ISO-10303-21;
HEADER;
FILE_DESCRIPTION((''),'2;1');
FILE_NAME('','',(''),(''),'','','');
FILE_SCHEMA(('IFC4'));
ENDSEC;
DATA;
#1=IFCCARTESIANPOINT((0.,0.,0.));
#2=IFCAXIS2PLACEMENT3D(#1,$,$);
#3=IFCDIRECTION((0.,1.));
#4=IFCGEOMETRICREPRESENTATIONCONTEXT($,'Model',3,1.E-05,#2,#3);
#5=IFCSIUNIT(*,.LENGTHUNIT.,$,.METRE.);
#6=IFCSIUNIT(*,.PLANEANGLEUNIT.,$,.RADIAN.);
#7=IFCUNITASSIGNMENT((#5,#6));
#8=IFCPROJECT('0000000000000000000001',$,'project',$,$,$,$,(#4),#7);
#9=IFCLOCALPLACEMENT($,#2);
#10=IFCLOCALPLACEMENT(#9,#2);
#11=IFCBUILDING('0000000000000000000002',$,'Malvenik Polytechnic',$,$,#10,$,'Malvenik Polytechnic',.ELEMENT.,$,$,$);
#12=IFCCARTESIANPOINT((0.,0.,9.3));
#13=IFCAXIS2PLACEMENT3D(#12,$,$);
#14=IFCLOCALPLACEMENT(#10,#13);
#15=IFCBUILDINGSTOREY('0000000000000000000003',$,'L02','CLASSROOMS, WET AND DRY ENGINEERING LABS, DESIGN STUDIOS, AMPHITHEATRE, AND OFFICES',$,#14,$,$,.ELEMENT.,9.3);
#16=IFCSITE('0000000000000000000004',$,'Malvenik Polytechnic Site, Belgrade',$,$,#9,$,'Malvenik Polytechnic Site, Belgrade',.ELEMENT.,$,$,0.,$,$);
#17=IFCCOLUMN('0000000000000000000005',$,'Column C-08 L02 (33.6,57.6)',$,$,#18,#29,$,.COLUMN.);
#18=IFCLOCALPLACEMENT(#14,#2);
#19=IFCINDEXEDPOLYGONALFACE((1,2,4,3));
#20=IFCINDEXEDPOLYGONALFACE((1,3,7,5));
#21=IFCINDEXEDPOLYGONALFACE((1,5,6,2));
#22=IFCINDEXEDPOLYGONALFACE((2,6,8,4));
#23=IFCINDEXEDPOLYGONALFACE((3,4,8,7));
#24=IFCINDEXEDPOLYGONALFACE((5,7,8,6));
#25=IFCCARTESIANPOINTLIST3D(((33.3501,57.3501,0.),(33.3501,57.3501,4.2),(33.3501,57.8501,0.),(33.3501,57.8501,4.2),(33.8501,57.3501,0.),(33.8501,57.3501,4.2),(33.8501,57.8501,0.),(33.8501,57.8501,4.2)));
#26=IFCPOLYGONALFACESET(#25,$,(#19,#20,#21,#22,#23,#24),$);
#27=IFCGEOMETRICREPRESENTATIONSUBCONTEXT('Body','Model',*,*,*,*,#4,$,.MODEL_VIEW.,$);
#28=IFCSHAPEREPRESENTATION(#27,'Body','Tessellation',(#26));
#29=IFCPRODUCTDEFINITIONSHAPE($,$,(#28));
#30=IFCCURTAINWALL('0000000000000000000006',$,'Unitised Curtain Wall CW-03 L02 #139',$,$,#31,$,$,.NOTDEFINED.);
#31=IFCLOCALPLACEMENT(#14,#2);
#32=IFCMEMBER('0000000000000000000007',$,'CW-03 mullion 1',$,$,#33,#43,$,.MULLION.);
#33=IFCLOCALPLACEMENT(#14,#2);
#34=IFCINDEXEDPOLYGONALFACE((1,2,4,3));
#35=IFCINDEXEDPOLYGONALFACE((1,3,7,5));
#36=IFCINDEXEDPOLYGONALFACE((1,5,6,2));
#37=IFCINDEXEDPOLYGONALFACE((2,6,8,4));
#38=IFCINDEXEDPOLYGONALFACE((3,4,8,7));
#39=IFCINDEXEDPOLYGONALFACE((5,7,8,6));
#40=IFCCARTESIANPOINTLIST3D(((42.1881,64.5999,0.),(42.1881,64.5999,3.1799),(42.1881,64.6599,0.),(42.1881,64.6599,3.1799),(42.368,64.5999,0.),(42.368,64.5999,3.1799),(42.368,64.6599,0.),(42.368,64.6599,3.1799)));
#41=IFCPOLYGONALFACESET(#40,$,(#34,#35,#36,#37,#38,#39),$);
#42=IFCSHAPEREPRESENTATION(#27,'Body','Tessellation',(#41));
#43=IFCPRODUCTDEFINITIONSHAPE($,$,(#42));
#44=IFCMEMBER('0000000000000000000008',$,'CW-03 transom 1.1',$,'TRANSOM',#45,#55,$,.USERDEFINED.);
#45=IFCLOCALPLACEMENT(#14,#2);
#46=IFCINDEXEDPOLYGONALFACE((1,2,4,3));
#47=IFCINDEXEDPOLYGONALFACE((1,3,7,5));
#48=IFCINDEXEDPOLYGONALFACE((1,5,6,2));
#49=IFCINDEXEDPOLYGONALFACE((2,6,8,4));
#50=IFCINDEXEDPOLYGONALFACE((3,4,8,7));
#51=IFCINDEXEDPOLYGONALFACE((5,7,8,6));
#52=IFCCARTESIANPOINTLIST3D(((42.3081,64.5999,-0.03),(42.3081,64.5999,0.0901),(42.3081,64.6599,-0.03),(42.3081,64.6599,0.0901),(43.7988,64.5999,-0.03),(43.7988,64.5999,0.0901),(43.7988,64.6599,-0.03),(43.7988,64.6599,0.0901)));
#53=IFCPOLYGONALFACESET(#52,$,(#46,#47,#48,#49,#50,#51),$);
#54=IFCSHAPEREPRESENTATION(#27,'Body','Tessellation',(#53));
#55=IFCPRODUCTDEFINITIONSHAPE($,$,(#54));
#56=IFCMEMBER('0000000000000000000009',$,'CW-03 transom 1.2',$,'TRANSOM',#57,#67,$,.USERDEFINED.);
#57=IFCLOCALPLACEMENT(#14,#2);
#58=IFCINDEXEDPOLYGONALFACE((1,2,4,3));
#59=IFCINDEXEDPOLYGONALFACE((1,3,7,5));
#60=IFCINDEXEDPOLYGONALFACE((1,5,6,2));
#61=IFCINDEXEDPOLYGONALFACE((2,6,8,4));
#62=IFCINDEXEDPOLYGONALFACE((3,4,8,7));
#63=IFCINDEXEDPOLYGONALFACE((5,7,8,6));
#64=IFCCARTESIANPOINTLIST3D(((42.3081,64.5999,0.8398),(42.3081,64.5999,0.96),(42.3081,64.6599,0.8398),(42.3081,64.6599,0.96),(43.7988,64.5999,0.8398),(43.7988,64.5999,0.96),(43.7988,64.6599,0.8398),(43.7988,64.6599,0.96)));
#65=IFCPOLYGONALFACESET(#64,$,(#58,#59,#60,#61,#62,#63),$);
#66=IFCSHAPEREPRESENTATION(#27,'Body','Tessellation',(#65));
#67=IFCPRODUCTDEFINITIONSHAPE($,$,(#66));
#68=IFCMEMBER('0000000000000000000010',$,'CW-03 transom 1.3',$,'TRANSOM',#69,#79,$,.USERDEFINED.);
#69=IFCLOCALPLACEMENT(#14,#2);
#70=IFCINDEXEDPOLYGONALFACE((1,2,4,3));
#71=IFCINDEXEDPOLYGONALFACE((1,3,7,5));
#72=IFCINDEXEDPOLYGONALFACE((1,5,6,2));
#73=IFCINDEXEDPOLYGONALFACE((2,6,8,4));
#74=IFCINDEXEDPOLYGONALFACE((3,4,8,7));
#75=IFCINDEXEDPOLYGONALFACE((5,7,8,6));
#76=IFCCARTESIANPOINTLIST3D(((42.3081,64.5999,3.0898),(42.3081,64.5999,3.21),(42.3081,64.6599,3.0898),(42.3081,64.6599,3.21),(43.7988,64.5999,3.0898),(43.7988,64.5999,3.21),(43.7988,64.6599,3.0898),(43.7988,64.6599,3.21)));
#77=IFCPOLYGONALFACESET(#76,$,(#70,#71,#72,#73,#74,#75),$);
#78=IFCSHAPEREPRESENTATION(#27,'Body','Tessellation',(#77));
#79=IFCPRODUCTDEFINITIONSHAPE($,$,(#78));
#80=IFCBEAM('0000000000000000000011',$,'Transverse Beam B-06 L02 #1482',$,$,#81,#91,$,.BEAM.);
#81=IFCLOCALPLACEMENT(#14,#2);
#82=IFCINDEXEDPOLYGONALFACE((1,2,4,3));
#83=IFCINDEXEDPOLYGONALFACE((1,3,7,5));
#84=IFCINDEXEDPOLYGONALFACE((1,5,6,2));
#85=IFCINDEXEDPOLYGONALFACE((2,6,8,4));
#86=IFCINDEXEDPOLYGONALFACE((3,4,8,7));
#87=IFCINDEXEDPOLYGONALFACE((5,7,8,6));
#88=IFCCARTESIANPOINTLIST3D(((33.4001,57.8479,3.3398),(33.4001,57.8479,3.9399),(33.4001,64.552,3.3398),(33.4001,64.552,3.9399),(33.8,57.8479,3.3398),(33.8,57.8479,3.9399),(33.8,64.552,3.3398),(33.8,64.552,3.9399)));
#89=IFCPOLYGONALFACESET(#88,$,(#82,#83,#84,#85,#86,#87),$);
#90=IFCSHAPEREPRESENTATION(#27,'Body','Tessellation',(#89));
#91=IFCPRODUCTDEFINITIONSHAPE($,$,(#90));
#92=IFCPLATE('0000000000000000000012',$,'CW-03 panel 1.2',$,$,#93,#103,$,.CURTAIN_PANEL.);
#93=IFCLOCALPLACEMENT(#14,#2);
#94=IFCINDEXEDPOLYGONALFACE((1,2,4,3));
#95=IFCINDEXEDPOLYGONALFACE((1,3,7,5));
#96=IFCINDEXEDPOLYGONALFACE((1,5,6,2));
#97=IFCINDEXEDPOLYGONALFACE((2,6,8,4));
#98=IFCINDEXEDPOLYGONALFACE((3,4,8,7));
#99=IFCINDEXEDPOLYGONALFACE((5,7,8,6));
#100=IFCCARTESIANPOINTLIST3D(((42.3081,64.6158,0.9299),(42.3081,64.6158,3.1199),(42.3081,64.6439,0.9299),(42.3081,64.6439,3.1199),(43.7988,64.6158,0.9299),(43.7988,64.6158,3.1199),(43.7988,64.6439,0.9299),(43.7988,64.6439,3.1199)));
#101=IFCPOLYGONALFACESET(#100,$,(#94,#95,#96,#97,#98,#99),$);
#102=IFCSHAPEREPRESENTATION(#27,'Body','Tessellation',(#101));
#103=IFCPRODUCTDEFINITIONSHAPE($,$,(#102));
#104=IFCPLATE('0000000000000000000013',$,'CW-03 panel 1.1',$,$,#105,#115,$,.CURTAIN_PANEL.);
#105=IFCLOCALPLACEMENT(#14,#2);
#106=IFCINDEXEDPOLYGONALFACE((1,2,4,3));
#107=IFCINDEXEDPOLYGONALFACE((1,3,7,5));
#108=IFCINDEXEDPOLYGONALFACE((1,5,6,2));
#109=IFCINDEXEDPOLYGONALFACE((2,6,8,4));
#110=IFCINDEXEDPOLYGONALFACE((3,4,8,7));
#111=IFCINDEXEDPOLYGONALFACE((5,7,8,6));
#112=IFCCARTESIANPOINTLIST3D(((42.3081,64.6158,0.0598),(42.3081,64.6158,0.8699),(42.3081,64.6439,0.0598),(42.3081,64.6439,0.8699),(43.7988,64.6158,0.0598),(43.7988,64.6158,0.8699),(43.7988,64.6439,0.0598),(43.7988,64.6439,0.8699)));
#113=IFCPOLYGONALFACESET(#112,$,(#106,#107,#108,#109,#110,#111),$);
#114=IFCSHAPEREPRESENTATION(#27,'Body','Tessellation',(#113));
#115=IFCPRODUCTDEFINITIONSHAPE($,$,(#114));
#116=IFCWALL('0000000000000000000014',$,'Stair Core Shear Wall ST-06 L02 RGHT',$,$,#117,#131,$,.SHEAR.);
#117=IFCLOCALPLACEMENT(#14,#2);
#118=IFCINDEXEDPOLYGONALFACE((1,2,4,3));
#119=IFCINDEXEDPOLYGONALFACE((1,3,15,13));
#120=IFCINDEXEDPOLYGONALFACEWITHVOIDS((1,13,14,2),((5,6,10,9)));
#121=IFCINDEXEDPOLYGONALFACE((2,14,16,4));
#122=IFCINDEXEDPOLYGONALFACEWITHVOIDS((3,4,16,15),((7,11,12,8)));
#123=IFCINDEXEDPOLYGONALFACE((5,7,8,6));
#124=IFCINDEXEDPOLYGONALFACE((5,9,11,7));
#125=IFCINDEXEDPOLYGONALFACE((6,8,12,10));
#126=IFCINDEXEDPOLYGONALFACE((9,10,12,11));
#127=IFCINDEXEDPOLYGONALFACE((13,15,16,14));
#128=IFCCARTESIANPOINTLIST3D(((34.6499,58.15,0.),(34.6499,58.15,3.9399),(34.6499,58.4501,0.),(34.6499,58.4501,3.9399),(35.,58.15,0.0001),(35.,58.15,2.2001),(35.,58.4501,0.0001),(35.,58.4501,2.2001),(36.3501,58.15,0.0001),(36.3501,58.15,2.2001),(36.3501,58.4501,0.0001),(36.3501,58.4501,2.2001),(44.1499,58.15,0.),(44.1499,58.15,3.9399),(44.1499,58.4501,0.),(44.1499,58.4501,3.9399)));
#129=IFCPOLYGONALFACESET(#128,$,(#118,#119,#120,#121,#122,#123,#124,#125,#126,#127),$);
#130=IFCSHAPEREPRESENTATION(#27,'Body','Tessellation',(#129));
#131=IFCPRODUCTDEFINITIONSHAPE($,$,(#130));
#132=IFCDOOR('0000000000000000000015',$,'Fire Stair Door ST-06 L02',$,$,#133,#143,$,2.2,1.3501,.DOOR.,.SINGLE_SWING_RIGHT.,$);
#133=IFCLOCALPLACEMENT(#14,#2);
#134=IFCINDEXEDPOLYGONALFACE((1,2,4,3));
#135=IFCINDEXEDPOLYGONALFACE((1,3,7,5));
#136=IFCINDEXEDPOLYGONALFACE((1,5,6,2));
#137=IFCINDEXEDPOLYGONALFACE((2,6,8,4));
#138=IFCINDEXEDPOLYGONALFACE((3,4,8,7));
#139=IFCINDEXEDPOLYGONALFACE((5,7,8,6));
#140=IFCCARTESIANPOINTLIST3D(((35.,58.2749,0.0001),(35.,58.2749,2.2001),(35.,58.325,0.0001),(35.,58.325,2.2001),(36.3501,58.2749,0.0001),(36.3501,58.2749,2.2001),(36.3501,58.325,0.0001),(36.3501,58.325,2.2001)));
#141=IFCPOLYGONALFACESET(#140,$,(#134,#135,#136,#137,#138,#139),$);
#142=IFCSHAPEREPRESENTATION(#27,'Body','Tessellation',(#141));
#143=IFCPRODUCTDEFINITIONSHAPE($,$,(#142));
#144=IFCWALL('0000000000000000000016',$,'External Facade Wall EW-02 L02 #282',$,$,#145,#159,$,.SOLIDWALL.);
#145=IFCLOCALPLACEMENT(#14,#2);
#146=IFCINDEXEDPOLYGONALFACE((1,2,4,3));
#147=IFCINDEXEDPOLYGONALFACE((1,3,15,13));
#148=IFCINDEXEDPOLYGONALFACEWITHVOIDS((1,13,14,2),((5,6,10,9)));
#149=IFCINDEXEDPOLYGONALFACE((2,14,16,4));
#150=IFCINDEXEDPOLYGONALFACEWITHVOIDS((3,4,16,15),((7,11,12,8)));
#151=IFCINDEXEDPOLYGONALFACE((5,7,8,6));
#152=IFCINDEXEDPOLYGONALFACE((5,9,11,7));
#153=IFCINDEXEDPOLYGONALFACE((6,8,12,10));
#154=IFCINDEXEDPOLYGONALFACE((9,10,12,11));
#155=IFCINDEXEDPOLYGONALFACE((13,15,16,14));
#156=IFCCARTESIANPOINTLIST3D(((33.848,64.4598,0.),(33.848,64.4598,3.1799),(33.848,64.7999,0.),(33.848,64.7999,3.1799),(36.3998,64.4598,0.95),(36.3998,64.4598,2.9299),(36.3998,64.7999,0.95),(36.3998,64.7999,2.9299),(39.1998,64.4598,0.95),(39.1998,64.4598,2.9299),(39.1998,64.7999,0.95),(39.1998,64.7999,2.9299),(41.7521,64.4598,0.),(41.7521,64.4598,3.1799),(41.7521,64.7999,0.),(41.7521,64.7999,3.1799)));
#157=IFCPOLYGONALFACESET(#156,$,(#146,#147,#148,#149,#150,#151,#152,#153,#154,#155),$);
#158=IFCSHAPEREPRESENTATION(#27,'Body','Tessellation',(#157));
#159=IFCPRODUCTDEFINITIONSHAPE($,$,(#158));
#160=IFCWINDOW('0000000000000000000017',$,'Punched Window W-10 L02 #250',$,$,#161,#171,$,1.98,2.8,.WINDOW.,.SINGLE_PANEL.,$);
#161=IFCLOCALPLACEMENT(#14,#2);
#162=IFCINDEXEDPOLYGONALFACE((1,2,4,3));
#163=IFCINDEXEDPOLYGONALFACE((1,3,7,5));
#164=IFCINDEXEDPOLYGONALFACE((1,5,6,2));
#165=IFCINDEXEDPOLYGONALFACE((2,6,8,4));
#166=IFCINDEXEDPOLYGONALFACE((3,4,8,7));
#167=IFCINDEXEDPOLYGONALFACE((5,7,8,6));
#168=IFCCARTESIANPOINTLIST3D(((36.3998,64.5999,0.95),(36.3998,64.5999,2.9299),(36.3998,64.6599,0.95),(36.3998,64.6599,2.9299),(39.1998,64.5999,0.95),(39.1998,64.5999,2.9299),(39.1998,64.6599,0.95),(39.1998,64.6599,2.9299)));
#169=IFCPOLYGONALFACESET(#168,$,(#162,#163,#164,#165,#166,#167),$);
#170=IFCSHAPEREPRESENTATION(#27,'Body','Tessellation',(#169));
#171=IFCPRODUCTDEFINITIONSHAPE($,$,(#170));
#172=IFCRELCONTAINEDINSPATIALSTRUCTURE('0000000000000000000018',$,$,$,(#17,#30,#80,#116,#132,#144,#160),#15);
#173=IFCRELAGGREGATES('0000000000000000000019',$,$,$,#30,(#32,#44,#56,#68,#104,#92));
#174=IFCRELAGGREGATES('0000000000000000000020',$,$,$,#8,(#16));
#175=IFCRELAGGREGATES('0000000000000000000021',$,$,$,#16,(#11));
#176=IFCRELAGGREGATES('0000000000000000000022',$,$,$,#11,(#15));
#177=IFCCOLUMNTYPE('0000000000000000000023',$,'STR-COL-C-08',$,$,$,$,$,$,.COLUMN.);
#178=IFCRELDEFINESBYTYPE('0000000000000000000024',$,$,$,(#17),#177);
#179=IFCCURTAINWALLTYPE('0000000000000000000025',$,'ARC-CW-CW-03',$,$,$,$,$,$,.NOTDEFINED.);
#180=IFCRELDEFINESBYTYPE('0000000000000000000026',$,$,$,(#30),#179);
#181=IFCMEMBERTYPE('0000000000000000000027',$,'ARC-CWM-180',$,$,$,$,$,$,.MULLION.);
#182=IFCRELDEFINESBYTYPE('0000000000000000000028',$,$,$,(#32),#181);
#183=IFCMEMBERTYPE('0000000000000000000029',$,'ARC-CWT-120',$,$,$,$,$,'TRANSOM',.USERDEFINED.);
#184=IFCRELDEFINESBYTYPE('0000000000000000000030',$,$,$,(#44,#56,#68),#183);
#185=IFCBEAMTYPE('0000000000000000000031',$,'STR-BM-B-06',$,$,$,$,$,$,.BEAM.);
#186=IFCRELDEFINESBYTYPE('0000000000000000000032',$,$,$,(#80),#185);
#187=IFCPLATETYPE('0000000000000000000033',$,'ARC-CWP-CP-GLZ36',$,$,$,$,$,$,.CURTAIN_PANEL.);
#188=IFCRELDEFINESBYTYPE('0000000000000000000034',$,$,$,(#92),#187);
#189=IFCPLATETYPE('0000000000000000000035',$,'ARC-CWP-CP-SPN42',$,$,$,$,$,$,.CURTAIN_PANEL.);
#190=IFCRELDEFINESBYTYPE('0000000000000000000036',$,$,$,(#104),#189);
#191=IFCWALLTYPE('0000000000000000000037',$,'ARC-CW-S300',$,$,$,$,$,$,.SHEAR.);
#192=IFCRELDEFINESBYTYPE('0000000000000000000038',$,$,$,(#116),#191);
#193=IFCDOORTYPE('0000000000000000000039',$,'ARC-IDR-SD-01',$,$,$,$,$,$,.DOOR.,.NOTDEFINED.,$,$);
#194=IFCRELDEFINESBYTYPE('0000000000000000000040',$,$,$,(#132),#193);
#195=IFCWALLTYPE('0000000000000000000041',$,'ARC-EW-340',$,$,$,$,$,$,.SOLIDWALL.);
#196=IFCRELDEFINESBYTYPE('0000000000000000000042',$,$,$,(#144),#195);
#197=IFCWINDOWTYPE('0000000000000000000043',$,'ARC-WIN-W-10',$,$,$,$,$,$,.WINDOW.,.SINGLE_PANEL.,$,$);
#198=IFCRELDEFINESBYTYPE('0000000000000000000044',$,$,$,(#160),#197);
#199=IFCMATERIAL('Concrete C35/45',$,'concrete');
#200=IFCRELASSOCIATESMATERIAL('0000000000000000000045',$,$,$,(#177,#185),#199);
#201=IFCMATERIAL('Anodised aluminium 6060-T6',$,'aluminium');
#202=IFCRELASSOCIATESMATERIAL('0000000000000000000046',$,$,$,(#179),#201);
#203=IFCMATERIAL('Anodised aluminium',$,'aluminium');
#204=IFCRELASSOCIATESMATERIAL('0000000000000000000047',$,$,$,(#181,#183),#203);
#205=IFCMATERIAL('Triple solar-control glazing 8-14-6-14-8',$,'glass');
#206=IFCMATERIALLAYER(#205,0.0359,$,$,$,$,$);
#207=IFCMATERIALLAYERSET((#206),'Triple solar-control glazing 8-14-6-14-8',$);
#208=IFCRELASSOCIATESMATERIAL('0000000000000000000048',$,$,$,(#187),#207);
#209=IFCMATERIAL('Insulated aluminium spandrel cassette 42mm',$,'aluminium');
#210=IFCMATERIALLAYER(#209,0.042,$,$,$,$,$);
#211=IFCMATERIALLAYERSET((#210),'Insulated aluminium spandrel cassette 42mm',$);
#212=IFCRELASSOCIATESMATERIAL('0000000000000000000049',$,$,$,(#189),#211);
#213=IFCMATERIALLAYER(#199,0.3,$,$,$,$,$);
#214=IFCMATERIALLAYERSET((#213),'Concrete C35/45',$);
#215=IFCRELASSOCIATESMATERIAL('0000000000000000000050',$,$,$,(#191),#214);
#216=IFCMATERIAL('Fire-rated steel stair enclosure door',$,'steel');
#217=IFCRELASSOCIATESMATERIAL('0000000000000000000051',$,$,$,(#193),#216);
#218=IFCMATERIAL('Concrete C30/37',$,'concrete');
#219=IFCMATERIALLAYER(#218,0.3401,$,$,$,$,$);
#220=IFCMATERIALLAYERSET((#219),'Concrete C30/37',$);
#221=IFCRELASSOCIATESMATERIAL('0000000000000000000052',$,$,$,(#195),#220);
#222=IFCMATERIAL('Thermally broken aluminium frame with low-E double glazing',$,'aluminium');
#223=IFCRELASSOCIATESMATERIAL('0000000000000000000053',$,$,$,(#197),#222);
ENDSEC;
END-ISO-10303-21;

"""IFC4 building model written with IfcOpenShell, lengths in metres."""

from ifc_helpers import new_model, si_unit, direction, frame, frame_2d, origin, origin_2d, place, context, subcontext, project, spatial, rectangle, extrude, material, layer, layer_set, material_profile, profile_set, type_object, element, fill, aggregate, save


model = new_model("IFC4")

# Units and contexts
model_context = context("Model", 3, precision=1e-05, world=origin(), true_north=direction((0.0, 1.0)))
body_context = subcontext(model_context, "Body", "Model", "MODEL_VIEW")
ifc_project = project(units=[si_unit("LENGTHUNIT", "METRE"), si_unit("PLANEANGLEUNIT", "RADIAN")], contexts=[model_context])

# Site, building, storey
site_placement = place(None, origin())
site = spatial("IfcSite", under=ifc_project, at=site_placement, Name="Malvenik Polytechnic Site, Belgrade", LongName="Malvenik Polytechnic Site, Belgrade", CompositionType="ELEMENT", RefElevation=0.0)
building_placement = place(site_placement, origin())
building = spatial("IfcBuilding", under=site, at=building_placement, Name="Malvenik Polytechnic", LongName="Malvenik Polytechnic", CompositionType="ELEMENT")
storey_placement = place(building_placement, frame((0.0, 0.0, 9.3)))
storey = spatial("IfcBuildingStorey", under=building, at=storey_placement, Name="L02", Description="CLASSROOMS, WET AND DRY ENGINEERING LABS, DESIGN STUDIOS, AMPHITHEATRE, AND OFFICES", CompositionType="ELEMENT", Elevation=9.3)

# Column
ifc_material_1 = material(Name="Concrete C35/45", Category="concrete")
ifc_material_profile_1 = material_profile(ifc_material_1, rectangle(XDim=0.5, YDim=0.5, at=origin_2d()), Name="RC COL 500x500")
ifc_profile_set_1 = profile_set([ifc_material_profile_1], Name="Concrete C35/45")
column_type = type_object("IfcColumnType", Name="STR-COL-C-08", PredefinedType="COLUMN", material=ifc_profile_set_1)
column_placement = place(storey_placement, frame((33.6001, 57.6001, 0.0), z_axis=(0.0, 0.0, 1.0), x_axis=(1.0, 0.0, 0.0)))
element("IfcColumn", 1, at=column_placement, inside=storey, type_object=column_type, Name="Column C-08 L02 (33.6,57.6)", PredefinedType="COLUMN", context=body_context, shape_type="SweptSolid", body=[
    extrude(rectangle(XDim=0.5, YDim=0.5, at=origin_2d()), origin(), (0.0, 0.0, 1.0), 4.2),
])

# Curtain wall, members
ifc_material_2 = material(Name="Anodised aluminium 6060-T6", Category="aluminium")
curtain_wall_type = type_object("IfcCurtainWallType", Name="ARC-CW-CW-03", PredefinedType="NOTDEFINED", material=ifc_material_2)
curtain_wall_placement = place(storey_placement, origin())
curtain_wall = element("IfcCurtainWall", 2, at=curtain_wall_placement, inside=storey, type_object=curtain_wall_type, Name="Unitised Curtain Wall CW-03 L02 #139", PredefinedType="NOTDEFINED")
ifc_material_3 = material(Name="Anodised aluminium", Category="aluminium")
ifc_material_profile_2 = material_profile(ifc_material_3, rectangle(XDim=0.0601, YDim=0.1799, at=origin_2d()), Name="ALU MULLION 60x180")
ifc_profile_set_2 = profile_set([ifc_material_profile_2], Name="Anodised aluminium")
member_type_1 = type_object("IfcMemberType", Name="ARC-CWM-180", PredefinedType="MULLION", material=ifc_profile_set_2)
member_1_placement = place(storey_placement, frame((42.2781, 64.6299, 0.0), z_axis=(0.0, 0.0, 1.0), x_axis=(0.0, 1.0, 0.0)))
member_1 = element("IfcMember", 3, at=member_1_placement, type_object=member_type_1, Name="CW-03 mullion 1", PredefinedType="MULLION", context=body_context, shape_type="SweptSolid", body=[
    extrude(rectangle(XDim=0.0601, YDim=0.1799, at=origin_2d()), origin(), (0.0, 0.0, 1.0), 3.1799),
])
ifc_material_profile_3 = material_profile(ifc_material_3, rectangle(XDim=0.0601, YDim=0.1201, at=origin_2d()), Name="ALU TRANSOM 60x120")
ifc_profile_set_3 = profile_set([ifc_material_profile_3], Name="Anodised aluminium")
member_type_2 = type_object("IfcMemberType", Name="ARC-CWT-120", ElementType="TRANSOM", PredefinedType="USERDEFINED", material=ifc_profile_set_3)
member_2_placement = place(storey_placement, frame((42.3081, 64.6299, 0.03), z_axis=(1.0, 0.0, 0.0), x_axis=(0.0, 1.0, 0.0)))
member_2 = element("IfcMember", 4, at=member_2_placement, type_object=member_type_2, Name="CW-03 transom 1.1", ObjectType="TRANSOM", PredefinedType="USERDEFINED", context=body_context, shape_type="SweptSolid", body=[
    extrude(rectangle(XDim=0.0601, YDim=0.1201, at=origin_2d()), origin(), (0.0, 0.0, 1.0), 1.4907),
])
member_3_placement = place(storey_placement, frame((42.3081, 64.6299, 0.8999), z_axis=(1.0, 0.0, 0.0), x_axis=(0.0, 1.0, 0.0)))
member_3 = element("IfcMember", 5, at=member_3_placement, type_object=member_type_2, Name="CW-03 transom 1.2", ObjectType="TRANSOM", PredefinedType="USERDEFINED", context=body_context, shape_type="SweptSolid", body=[
    extrude(rectangle(XDim=0.0601, YDim=0.1201, at=origin_2d()), origin(), (0.0, 0.0, 1.0), 1.4907),
])
member_4_placement = place(storey_placement, frame((42.3081, 64.6299, 3.1499), z_axis=(1.0, 0.0, 0.0), x_axis=(0.0, 1.0, 0.0)))
member_4 = element("IfcMember", 6, at=member_4_placement, type_object=member_type_2, Name="CW-03 transom 1.3", ObjectType="TRANSOM", PredefinedType="USERDEFINED", context=body_context, shape_type="SweptSolid", body=[
    extrude(rectangle(XDim=0.0601, YDim=0.1201, at=origin_2d()), origin(), (0.0, 0.0, 1.0), 1.4907),
])

# Beam
ifc_material_profile_4 = material_profile(ifc_material_1, rectangle(XDim=0.3999, YDim=0.6001, at=origin_2d()), Name="RC BM 400x600")
ifc_profile_set_4 = profile_set([ifc_material_profile_4], Name="Concrete C35/45")
beam_type = type_object("IfcBeamType", Name="STR-BM-B-06", PredefinedType="BEAM", material=ifc_profile_set_4)
beam_placement = place(storey_placement, frame((33.6001, 57.8479, 3.6399), z_axis=(0.0, 1.0, 0.0), x_axis=(-1.0, 0.0, 0.0)))
element("IfcBeam", 7, at=beam_placement, inside=storey, type_object=beam_type, Name="Transverse Beam B-06 L02 #1482", PredefinedType="BEAM", context=body_context, shape_type="SweptSolid", body=[
    extrude(rectangle(XDim=0.3999, YDim=0.6001, at=origin_2d()), origin(), (0.0, 0.0, 1.0), 6.7041),
])

# Plates
ifc_material_4 = material(Name="Triple solar-control glazing 8-14-6-14-8", Category="glass")
ifc_layer_1 = layer(ifc_material_4, 0.0359)
ifc_layer_set_1 = layer_set([ifc_layer_1], Name="Triple solar-control glazing 8-14-6-14-8")
plate_type_1 = type_object("IfcPlateType", Name="ARC-CWP-CP-GLZ36", PredefinedType="CURTAIN_PANEL", material=ifc_layer_set_1)
plate_1_placement = place(storey_placement, frame((43.0535, 64.6299, 0.9299), z_axis=(0.0, 0.0, 1.0), x_axis=(1.0, 0.0, 0.0)))
plate_1 = element("IfcPlate", 8, at=plate_1_placement, type_object=plate_type_1, Name="CW-03 panel 1.2", PredefinedType="CURTAIN_PANEL", context=body_context, shape_type="SweptSolid", body=[
    extrude(rectangle(XDim=1.4907, YDim=0.0281, at=origin_2d()), origin(), (0.0, 0.0, 1.0), 2.1899),
])
ifc_material_5 = material(Name="Insulated aluminium spandrel cassette 42mm", Category="aluminium")
ifc_layer_2 = layer(ifc_material_5, 0.042)
ifc_layer_set_2 = layer_set([ifc_layer_2], Name="Insulated aluminium spandrel cassette 42mm")
plate_type_2 = type_object("IfcPlateType", Name="ARC-CWP-CP-SPN42", PredefinedType="CURTAIN_PANEL", material=ifc_layer_set_2)
plate_2_placement = place(storey_placement, frame((43.0535, 64.6299, 0.0598), z_axis=(0.0, 0.0, 1.0), x_axis=(1.0, 0.0, 0.0)))
plate_2 = element("IfcPlate", 9, at=plate_2_placement, type_object=plate_type_2, Name="CW-03 panel 1.1", PredefinedType="CURTAIN_PANEL", context=body_context, shape_type="SweptSolid", body=[
    extrude(rectangle(XDim=1.4907, YDim=0.0281, at=origin_2d()), origin(), (0.0, 0.0, 1.0), 0.8101),
])
aggregate(curtain_wall, [member_1, member_2, member_3, member_4, plate_2, plate_1])

# Wall, opening, door
ifc_layer_3 = layer(ifc_material_1, 0.3)
ifc_layer_set_3 = layer_set([ifc_layer_3], Name="Concrete C35/45")
wall_type_1 = type_object("IfcWallType", Name="ARC-CW-S300", PredefinedType="SHEAR", material=ifc_layer_set_3)
wall_1_placement = place(storey_placement, frame((34.6499, 58.3, 0.0), z_axis=(0.0, 0.0, 1.0), x_axis=(1.0, 0.0, 0.0)))
wall_1 = element("IfcWall", 10, at=wall_1_placement, inside=storey, type_object=wall_type_1, Name="Stair Core Shear Wall ST-06 L02 RGHT", PredefinedType="SHEAR", context=body_context, shape_type="SweptSolid", body=[
    extrude(rectangle(XDim=9.5, YDim=0.3, at=frame_2d((4.75, 0.0))), origin(), (0.0, 0.0, 1.0), 3.9399),
])
opening_1_placement = place(wall_1_placement, frame((0.3501, 0.0, 0.0)))
opening_1 = element("IfcOpeningElement", 11, at=opening_1_placement, cuts=wall_1, PredefinedType="OPENING", context=body_context, shape_type="SweptSolid", body=[
    extrude(rectangle(XDim=1.3501, YDim=2.2, at=frame_2d((0.675, 1.1001))), frame((0.0, 0.1602, 0.0), z_axis=(0.0, -1.0, 0.0), x_axis=(1.0, 0.0, 0.0)), (0.0, 0.0, 1.0), 0.3201),
])
ifc_material_6 = material(Name="Fire-rated steel stair enclosure door", Category="steel")
door_type_1 = type_object("IfcDoorType", Name="ARC-IDR-SD-01", OperationType="NOTDEFINED", PredefinedType="DOOR", material=ifc_material_6)
door_1_placement = place(opening_1_placement, origin())
door_1 = element("IfcDoor", 12, at=door_1_placement, inside=storey, type_object=door_type_1, Name="Fire Stair Door ST-06 L02", OperationType="SINGLE_SWING_RIGHT", OverallHeight=2.2, OverallWidth=1.3501, PredefinedType="DOOR", context=body_context, shape_type="SweptSolid", body=[
    extrude(rectangle(XDim=1.3501, YDim=2.2, at=frame_2d((0.675, 1.1001))), frame((0.0, 0.0249, 0.0), z_axis=(0.0, -1.0, 0.0), x_axis=(1.0, 0.0, 0.0)), (0.0, 0.0, 1.0), 0.05),
])
fill(opening_1, door_1)

# Wall, opening, window
ifc_material_7 = material(Name="Concrete C30/37", Category="concrete")
ifc_layer_4 = layer(ifc_material_7, 0.3401)
ifc_layer_set_4 = layer_set([ifc_layer_4], Name="Concrete C30/37")
wall_type_2 = type_object("IfcWallType", Name="ARC-EW-340", PredefinedType="SOLIDWALL", material=ifc_layer_set_4)
wall_2_placement = place(storey_placement, frame((33.8479, 64.6299, 0.0), z_axis=(0.0, 0.0, 1.0), x_axis=(1.0, 0.0, 0.0)))
wall_2 = element("IfcWall", 13, at=wall_2_placement, inside=storey, type_object=wall_type_2, Name="External Facade Wall EW-02 L02 #282", PredefinedType="SOLIDWALL", context=body_context, shape_type="SweptSolid", body=[
    extrude(rectangle(XDim=7.9041, YDim=0.3401, at=frame_2d((3.9521, 0.0))), origin(), (0.0, 0.0, 1.0), 3.1799),
])
opening_2_placement = place(wall_2_placement, frame((2.552, 0.0, 0.95)))
opening_2 = element("IfcOpeningElement", 14, at=opening_2_placement, cuts=wall_2, PredefinedType="OPENING", context=body_context, shape_type="SweptSolid", body=[
    extrude(rectangle(XDim=2.8, YDim=1.98, at=frame_2d((1.3999, 0.99))), frame((0.0, 0.1802, 0.0), z_axis=(0.0, -1.0, 0.0), x_axis=(1.0, 0.0, 0.0)), (0.0, 0.0, 1.0), 0.3601),
])
ifc_material_8 = material(Name="Thermally broken aluminium frame with low-E double glazing", Category="aluminium")
window_type = type_object("IfcWindowType", Name="ARC-WIN-W-10", PartitioningType="SINGLE_PANEL", PredefinedType="WINDOW", material=ifc_material_8)
window_placement = place(opening_2_placement, origin())
window = element("IfcWindow", 15, at=window_placement, inside=storey, type_object=window_type, Name="Punched Window W-10 L02 #250", OverallHeight=1.98, OverallWidth=2.8, PartitioningType="SINGLE_PANEL", PredefinedType="WINDOW", context=body_context, shape_type="SweptSolid", body=[
    extrude(rectangle(XDim=2.8, YDim=1.98, at=frame_2d((1.3999, 0.99))), frame((0.0, 0.03, 0.0), z_axis=(0.0, -1.0, 0.0), x_axis=(1.0, 0.0, 0.0)), (0.0, 0.0, 1.0), 0.0601),
])
fill(opening_2, window)

save(model, "model.ifc")
